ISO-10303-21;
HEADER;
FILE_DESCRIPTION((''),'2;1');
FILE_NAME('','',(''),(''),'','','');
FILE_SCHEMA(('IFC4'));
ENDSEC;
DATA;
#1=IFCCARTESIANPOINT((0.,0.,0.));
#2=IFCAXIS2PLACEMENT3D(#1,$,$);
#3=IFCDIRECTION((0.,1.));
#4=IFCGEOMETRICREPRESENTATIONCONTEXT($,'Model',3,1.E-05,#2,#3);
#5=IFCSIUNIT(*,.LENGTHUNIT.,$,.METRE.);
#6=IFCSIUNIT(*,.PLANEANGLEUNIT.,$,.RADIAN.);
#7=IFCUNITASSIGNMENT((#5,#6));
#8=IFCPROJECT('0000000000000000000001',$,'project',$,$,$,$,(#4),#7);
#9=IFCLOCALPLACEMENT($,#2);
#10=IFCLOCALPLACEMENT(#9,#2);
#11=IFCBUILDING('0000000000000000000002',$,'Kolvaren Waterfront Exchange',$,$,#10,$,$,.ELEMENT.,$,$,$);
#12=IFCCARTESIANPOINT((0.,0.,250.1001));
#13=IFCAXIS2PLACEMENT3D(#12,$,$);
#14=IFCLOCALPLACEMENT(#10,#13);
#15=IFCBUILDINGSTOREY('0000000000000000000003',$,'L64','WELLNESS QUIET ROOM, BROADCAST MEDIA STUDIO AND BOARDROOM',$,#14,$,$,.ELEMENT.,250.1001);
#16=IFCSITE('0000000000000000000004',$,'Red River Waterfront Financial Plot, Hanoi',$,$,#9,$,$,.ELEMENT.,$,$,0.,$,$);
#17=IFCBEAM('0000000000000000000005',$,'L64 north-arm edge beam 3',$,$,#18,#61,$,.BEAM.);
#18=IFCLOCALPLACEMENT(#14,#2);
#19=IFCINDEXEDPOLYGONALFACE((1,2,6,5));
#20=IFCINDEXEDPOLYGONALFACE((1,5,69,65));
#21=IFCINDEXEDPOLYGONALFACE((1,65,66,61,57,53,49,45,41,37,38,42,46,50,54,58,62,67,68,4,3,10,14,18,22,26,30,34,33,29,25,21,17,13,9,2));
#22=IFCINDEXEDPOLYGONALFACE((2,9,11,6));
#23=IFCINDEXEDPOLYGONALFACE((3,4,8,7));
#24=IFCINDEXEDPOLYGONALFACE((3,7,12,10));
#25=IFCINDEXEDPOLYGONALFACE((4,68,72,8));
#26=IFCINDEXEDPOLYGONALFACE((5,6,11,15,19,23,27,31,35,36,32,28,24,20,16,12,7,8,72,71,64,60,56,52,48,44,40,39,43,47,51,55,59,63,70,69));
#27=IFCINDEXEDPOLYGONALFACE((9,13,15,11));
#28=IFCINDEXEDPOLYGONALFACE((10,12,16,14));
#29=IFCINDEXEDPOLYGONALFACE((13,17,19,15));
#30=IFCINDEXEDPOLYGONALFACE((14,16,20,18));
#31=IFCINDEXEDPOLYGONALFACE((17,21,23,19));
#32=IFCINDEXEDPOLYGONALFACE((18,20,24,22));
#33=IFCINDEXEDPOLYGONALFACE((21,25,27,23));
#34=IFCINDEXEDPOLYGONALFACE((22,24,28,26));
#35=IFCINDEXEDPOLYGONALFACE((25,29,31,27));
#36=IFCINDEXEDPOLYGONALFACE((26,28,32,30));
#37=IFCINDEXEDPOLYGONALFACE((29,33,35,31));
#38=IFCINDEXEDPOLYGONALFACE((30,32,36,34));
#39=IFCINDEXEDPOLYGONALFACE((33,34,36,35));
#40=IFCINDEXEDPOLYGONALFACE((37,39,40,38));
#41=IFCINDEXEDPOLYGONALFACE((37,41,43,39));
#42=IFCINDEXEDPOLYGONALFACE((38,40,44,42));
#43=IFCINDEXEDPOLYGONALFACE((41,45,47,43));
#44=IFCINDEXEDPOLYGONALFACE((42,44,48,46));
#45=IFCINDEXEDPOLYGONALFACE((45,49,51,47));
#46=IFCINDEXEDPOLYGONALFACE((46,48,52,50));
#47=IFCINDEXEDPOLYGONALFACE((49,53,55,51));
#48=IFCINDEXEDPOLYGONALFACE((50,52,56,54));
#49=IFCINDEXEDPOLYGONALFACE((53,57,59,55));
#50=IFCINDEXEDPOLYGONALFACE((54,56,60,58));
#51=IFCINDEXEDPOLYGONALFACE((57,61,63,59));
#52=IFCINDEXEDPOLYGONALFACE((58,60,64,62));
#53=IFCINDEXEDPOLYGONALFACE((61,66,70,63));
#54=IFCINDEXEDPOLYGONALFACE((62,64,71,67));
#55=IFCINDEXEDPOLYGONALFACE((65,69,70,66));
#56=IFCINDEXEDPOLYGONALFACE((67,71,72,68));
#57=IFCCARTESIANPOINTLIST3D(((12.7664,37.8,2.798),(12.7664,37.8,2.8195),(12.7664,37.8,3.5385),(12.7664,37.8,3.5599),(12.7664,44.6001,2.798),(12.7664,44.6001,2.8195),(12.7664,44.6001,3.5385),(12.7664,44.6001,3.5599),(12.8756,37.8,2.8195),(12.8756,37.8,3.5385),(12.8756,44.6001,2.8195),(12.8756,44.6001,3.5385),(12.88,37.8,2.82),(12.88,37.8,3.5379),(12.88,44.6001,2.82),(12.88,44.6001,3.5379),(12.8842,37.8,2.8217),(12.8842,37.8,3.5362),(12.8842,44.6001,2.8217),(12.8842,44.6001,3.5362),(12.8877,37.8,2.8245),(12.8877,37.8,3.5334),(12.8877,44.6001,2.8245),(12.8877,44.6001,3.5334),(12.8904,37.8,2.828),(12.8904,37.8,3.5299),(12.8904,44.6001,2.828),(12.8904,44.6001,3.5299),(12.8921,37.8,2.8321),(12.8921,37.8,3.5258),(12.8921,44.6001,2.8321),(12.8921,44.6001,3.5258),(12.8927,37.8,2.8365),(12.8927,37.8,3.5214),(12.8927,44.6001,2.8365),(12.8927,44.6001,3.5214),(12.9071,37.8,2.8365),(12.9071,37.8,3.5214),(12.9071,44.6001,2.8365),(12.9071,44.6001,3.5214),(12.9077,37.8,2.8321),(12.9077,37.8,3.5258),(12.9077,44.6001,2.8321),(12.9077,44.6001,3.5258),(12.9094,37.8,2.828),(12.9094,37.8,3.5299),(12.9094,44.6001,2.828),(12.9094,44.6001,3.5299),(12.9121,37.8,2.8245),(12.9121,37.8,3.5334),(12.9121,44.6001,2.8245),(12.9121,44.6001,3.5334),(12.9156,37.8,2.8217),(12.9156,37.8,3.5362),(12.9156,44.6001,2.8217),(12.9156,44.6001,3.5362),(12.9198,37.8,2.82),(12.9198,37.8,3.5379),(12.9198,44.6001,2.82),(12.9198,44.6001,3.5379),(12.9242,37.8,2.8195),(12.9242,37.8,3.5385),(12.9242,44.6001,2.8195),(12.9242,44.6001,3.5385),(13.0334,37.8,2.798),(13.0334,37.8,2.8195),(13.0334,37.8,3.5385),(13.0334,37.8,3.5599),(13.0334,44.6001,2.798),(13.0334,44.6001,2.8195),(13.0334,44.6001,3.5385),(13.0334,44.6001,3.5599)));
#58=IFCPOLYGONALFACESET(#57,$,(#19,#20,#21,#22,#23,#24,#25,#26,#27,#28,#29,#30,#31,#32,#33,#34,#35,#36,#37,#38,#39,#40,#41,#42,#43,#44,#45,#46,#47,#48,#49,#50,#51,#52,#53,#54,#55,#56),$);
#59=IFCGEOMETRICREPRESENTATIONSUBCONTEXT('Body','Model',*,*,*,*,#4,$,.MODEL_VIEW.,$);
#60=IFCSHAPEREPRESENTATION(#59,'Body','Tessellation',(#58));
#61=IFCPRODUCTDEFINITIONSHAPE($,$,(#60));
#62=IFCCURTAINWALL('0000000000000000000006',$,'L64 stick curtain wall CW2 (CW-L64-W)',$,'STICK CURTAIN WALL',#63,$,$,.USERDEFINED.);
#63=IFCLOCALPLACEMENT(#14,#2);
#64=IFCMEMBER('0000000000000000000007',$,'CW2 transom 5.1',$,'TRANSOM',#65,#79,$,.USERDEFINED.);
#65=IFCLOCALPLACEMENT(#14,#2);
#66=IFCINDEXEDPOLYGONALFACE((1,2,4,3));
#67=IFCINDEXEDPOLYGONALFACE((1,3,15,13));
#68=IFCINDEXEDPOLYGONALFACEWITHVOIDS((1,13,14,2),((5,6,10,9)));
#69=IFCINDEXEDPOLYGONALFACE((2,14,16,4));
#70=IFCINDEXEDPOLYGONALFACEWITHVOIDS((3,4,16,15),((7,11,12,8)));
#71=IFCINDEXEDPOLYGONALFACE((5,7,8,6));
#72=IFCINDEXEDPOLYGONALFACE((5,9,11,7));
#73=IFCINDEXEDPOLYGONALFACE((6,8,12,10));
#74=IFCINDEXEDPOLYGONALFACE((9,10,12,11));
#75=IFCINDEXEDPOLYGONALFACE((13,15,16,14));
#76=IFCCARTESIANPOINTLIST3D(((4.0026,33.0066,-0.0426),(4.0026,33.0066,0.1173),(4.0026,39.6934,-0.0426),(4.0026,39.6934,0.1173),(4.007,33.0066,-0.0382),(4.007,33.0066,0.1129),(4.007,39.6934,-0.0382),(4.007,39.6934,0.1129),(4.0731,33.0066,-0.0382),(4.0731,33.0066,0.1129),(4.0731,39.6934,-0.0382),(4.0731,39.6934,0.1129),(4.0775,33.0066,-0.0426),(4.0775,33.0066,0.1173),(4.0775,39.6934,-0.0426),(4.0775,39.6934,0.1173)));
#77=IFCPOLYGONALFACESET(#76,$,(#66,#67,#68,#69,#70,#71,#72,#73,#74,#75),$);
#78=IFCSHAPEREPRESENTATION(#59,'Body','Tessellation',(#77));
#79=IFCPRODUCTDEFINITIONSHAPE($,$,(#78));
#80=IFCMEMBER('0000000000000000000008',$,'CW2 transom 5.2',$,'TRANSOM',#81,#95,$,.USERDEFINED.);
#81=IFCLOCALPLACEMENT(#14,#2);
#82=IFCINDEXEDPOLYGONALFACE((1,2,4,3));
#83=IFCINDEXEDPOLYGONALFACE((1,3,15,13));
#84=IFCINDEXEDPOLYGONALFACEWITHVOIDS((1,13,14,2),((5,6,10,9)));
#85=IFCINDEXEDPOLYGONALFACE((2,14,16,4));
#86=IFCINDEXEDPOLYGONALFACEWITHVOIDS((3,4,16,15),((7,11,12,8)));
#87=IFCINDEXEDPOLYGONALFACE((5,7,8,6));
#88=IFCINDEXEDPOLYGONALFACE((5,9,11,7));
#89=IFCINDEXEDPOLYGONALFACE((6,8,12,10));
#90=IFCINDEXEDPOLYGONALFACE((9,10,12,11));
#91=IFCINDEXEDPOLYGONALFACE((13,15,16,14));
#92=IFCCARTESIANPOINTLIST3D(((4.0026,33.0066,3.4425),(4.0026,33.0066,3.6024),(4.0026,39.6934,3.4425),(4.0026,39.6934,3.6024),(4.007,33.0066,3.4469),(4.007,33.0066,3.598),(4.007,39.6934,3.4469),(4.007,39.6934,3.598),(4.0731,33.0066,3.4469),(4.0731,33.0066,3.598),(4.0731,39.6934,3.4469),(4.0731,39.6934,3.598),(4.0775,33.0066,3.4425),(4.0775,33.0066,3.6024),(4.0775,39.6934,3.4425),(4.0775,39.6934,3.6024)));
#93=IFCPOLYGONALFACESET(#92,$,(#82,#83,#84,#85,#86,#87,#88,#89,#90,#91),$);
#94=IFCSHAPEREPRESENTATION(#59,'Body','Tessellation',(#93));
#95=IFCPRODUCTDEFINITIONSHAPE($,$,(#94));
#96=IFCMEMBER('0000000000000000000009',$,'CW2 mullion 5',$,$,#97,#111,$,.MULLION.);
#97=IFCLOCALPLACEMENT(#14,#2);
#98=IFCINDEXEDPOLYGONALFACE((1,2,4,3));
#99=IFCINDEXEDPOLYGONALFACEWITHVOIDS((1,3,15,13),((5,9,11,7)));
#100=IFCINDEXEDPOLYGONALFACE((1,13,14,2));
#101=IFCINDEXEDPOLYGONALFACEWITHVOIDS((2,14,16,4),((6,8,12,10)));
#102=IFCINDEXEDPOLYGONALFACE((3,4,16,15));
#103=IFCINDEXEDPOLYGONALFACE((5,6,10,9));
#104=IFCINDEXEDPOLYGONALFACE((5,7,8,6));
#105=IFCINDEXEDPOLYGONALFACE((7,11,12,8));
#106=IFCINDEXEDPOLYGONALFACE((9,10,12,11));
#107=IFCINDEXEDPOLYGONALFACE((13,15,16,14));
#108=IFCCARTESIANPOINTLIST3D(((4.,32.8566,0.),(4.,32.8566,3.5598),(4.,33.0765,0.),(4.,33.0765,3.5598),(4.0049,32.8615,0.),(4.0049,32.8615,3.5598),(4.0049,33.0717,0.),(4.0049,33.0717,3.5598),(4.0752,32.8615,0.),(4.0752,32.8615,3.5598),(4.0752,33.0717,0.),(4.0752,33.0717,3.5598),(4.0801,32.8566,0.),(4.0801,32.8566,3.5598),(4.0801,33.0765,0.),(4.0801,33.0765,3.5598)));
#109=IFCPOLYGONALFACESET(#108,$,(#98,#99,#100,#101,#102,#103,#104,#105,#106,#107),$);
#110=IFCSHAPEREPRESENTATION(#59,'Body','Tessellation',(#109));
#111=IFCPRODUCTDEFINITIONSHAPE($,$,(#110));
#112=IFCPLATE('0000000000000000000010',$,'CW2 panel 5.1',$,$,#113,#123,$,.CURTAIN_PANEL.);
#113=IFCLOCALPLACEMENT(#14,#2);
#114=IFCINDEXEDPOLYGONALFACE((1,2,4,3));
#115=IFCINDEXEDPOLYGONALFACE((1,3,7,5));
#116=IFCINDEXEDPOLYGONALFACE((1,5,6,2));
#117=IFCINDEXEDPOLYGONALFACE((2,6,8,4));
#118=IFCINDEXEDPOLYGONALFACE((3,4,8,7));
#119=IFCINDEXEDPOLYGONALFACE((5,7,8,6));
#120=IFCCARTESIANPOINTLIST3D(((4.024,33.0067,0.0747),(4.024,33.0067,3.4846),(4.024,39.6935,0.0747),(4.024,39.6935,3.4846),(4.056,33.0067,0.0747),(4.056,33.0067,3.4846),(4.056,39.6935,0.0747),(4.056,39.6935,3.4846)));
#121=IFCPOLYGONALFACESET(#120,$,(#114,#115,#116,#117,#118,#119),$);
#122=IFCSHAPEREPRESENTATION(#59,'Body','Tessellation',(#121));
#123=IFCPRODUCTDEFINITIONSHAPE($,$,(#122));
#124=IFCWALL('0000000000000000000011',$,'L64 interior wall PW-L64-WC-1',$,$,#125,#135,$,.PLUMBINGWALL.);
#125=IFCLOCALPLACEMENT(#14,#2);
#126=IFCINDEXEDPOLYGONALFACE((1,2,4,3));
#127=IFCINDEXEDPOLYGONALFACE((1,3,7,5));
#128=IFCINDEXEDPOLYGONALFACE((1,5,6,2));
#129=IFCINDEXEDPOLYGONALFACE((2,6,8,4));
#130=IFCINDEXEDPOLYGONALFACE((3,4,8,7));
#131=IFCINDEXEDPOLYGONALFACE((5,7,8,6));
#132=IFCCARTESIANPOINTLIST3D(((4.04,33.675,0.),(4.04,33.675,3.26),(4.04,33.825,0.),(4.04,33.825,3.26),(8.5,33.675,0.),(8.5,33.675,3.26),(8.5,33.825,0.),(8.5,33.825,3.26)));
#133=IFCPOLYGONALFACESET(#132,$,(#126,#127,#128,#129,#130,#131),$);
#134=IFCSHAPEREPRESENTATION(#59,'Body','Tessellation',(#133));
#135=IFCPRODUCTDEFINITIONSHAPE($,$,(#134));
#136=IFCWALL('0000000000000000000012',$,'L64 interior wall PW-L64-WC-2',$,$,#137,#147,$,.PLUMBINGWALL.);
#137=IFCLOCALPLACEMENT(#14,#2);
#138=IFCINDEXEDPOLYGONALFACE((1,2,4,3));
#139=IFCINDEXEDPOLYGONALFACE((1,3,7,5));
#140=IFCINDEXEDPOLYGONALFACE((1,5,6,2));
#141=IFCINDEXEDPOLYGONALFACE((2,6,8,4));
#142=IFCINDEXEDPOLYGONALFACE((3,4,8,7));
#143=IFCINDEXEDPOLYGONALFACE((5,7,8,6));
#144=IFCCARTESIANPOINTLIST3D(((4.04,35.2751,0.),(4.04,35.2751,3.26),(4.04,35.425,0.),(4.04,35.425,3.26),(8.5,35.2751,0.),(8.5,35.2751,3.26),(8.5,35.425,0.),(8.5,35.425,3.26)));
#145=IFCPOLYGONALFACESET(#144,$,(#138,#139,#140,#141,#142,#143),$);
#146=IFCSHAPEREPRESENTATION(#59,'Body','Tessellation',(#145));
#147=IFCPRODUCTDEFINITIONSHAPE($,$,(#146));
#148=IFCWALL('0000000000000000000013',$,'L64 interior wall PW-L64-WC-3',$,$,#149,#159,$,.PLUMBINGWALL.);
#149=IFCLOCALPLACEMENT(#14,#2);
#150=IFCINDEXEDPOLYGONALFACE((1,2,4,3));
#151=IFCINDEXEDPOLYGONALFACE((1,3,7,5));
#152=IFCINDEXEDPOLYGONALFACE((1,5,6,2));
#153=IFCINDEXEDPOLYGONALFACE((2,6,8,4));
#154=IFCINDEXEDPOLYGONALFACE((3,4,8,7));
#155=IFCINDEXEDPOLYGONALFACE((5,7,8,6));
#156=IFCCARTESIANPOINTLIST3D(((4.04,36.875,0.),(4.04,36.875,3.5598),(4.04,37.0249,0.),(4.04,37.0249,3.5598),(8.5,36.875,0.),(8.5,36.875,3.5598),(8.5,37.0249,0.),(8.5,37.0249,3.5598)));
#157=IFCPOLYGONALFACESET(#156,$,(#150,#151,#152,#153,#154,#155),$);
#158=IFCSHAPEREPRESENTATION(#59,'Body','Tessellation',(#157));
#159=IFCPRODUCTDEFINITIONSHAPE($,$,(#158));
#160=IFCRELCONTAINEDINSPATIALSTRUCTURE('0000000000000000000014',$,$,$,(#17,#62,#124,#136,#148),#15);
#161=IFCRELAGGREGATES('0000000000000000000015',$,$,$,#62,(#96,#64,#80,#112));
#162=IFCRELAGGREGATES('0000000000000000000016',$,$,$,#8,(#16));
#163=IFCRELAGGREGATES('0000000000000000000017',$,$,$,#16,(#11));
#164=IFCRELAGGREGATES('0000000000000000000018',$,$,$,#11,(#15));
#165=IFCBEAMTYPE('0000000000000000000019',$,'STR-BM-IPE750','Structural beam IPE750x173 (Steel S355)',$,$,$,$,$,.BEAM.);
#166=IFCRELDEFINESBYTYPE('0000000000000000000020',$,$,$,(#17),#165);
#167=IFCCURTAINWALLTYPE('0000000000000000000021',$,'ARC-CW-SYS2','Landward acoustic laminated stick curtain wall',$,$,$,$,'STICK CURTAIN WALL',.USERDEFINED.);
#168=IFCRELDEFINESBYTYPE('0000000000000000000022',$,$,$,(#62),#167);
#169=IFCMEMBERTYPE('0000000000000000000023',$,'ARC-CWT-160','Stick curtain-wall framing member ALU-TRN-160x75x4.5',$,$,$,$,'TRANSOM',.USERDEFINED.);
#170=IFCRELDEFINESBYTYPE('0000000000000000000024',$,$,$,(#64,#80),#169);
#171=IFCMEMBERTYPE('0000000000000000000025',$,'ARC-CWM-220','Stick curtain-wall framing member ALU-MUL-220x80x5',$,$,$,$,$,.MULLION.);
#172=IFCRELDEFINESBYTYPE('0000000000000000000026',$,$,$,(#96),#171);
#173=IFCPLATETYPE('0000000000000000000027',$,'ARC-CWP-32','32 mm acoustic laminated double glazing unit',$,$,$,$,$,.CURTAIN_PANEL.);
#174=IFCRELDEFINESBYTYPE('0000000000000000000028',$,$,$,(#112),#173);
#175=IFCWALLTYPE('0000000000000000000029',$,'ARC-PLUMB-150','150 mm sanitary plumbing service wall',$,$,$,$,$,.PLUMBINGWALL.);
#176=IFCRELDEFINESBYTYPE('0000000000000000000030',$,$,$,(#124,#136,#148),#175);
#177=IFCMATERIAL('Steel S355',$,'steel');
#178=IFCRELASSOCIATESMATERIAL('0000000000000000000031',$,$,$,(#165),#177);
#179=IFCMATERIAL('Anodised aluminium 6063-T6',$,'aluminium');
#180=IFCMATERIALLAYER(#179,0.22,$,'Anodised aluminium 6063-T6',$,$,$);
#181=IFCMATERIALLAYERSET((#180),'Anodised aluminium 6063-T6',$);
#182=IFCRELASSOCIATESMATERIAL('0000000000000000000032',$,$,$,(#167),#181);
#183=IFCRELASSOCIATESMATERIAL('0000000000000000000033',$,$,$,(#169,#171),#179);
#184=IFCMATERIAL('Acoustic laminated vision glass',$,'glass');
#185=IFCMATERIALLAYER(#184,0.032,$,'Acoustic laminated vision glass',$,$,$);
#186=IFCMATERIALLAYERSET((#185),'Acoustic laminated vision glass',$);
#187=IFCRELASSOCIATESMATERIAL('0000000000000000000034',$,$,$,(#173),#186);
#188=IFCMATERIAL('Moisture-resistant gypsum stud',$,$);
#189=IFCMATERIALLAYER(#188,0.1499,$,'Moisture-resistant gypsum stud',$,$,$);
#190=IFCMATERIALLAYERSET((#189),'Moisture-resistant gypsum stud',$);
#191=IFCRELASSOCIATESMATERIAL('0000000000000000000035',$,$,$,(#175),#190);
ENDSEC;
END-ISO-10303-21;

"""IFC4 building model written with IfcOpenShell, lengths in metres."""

from ifc_helpers import new_model, si_unit, direction, frame, frame_2d, origin, origin_with_axes, origin_2d, place, context, subcontext, project, spatial, rectangle, hollow_rectangle, i_section, extrude, source, transform, mapped, material, layer, layer_set, material_profile, profile_set, type_object, element, aggregate, save


model = new_model("IFC4")

# Units and contexts
model_context = context("Model", 3, precision=1e-05, world=origin(), true_north=direction((0.0, 1.0)))
body_context = subcontext(model_context, "Body", "Model", "MODEL_VIEW")
ifc_project = project(units=[si_unit("LENGTHUNIT", "METRE"), si_unit("PLANEANGLEUNIT", "RADIAN")], contexts=[model_context])

# Site, building, storey
site_placement = place(None, origin())
site = spatial("IfcSite", under=ifc_project, at=site_placement, Name="Red River Waterfront Financial Plot, Hanoi", CompositionType="ELEMENT", RefElevation=0.0)
building_placement = place(site_placement, origin())
building = spatial("IfcBuilding", under=site, at=building_placement, Name="Kolvaren Waterfront Exchange", CompositionType="ELEMENT")
storey_placement = place(building_placement, frame((0.0, 0.0, 250.1001)))
storey = spatial("IfcBuildingStorey", under=building, at=storey_placement, Name="L64", Description="WELLNESS QUIET ROOM, BROADCAST MEDIA STUDIO AND BOARDROOM", CompositionType="ELEMENT", Elevation=250.1001)

# Beam
ifc_material_1 = material(Name="Steel S355", Category="steel")
ifc_material_profile_1 = material_profile(ifc_material_1, i_section(OverallWidth=0.2671, OverallDepth=0.762, WebThickness=0.0144, FlangeThickness=0.0215, FilletRadius=0.0171, at=origin_2d()), Name="IPE750x173")
ifc_profile_set_1 = profile_set([ifc_material_profile_1], Name="Steel S355")
beam_type_1 = type_object("IfcBeamType", Name="STR-BM-IPE750", Description="Structural beam IPE750x173 (Steel S355)", PredefinedType="BEAM", material=ifc_profile_set_1)
beam_1_placement = place(storey_placement, frame((12.8999, 37.8, 3.179), z_axis=(0.0, 1.0, 0.0), x_axis=(-1.0, 0.0, 0.0)))
element("IfcBeam", 1, at=beam_1_placement, inside=storey, type_object=beam_type_1, Name="L64 north-arm edge beam 3", PredefinedType="BEAM", context=body_context, shape_type="SweptSolid", body=[
    extrude(i_section(OverallWidth=0.2671, OverallDepth=0.762, WebThickness=0.0144, FlangeThickness=0.0215, FilletRadius=0.0171, at=origin_2d()), origin(), (0.0, 0.0, 1.0), 6.8),
])

# Curtain wall, members, plate
ifc_material_2 = material(Name="Anodised aluminium 6063-T6", Category="aluminium")
ifc_layer_1 = layer(ifc_material_2, 0.22, Name="Anodised aluminium 6063-T6")
ifc_layer_set_1 = layer_set([ifc_layer_1], Name="Anodised aluminium 6063-T6")
curtain_wall_type = type_object("IfcCurtainWallType", Name="ARC-CW-SYS2", Description="Landward acoustic laminated stick curtain wall", ElementType="STICK CURTAIN WALL", PredefinedType="USERDEFINED", material=ifc_layer_set_1)
curtain_wall_placement = place(storey_placement, origin())
curtain_wall = element("IfcCurtainWall", 2, at=curtain_wall_placement, inside=storey, type_object=curtain_wall_type, Name="L64 stick curtain wall CW2 (CW-L64-W)", ObjectType="STICK CURTAIN WALL", PredefinedType="USERDEFINED")
ifc_material_profile_2 = material_profile(ifc_material_2, hollow_rectangle(XDim=0.075, YDim=0.1599, WallThickness=0.0044, at=origin_2d()), Name="ALU-TRN-160x75x4.5")
ifc_profile_set_2 = profile_set([ifc_material_profile_2], Name="Anodised aluminium 6063-T6")
member_type_1 = type_object("IfcMemberType", Name="ARC-CWT-160", Description="Stick curtain-wall framing member ALU-TRN-160x75x4.5", ElementType="TRANSOM", PredefinedType="USERDEFINED", material=ifc_profile_set_2)
shared_shape_1 = source(origin_with_axes(), body_context, "Body", "SweptSolid", [
    extrude(hollow_rectangle(XDim=0.075, YDim=0.1599, WallThickness=0.0044, at=origin_2d()), origin(), (0.0, 0.0, 1.0), 6.6868),
])
member_1_placement = place(storey_placement, frame((4.04, 33.0066, 0.0374), z_axis=(0.0, 1.0, 0.0), x_axis=(-1.0, 0.0, 0.0)))
member_1 = element("IfcMember", 3, at=member_1_placement, type_object=member_type_1, Name="CW2 transom 5.1", ObjectType="TRANSOM", PredefinedType="USERDEFINED", context=body_context, shape_type="MappedRepresentation", body=[
    mapped(shared_shape_1, transform((0.0, 0.0, 0.0), x_axis=(1.0, 0.0, 0.0), y_axis=(0.0, 1.0, 0.0), z_axis=(0.0, 0.0, 1.0), scale=1.0)),
])
member_2_placement = place(storey_placement, frame((4.04, 33.0066, 3.5225), z_axis=(0.0, 1.0, 0.0), x_axis=(-1.0, 0.0, 0.0)))
member_2 = element("IfcMember", 4, at=member_2_placement, type_object=member_type_1, Name="CW2 transom 5.2", ObjectType="TRANSOM", PredefinedType="USERDEFINED", context=body_context, shape_type="MappedRepresentation", body=[
    mapped(shared_shape_1, transform((0.0, 0.0, 0.0), x_axis=(1.0, 0.0, 0.0), y_axis=(0.0, 1.0, 0.0), z_axis=(0.0, 0.0, 1.0), scale=1.0)),
])
ifc_material_profile_3 = material_profile(ifc_material_2, hollow_rectangle(XDim=0.0801, YDim=0.22, WallThickness=0.0049, at=origin_2d()), Name="ALU-MUL-220x80x5")
ifc_profile_set_3 = profile_set([ifc_material_profile_3], Name="Anodised aluminium 6063-T6")
member_type_2 = type_object("IfcMemberType", Name="ARC-CWM-220", Description="Stick curtain-wall framing member ALU-MUL-220x80x5", PredefinedType="MULLION", material=ifc_profile_set_3)
shared_shape_2 = source(origin_with_axes(), body_context, "Body", "SweptSolid", [
    extrude(hollow_rectangle(XDim=0.0801, YDim=0.22, WallThickness=0.0049, at=origin_2d()), origin(), (0.0, 0.0, 1.0), 3.5598),
])
member_3_placement = place(storey_placement, frame((4.04, 32.9666, 0.0), z_axis=(0.0, 0.0, 1.0), x_axis=(-1.0, 0.0, 0.0)))
member_3 = element("IfcMember", 5, at=member_3_placement, type_object=member_type_2, Name="CW2 mullion 5", PredefinedType="MULLION", context=body_context, shape_type="MappedRepresentation", body=[
    mapped(shared_shape_2, transform((0.0, 0.0, 0.0), x_axis=(1.0, 0.0, 0.0), y_axis=(0.0, 1.0, 0.0), z_axis=(0.0, 0.0, 1.0), scale=1.0)),
])
ifc_material_3 = material(Name="Acoustic laminated vision glass", Category="glass")
ifc_layer_2 = layer(ifc_material_3, 0.032, Name="Acoustic laminated vision glass")
ifc_layer_set_2 = layer_set([ifc_layer_2], Name="Acoustic laminated vision glass")
plate_type = type_object("IfcPlateType", Name="ARC-CWP-32", Description="32 mm acoustic laminated double glazing unit", PredefinedType="CURTAIN_PANEL", material=ifc_layer_set_2)
shared_shape_3 = source(origin_with_axes(), body_context, "Body", "SweptSolid", [
    extrude(rectangle(XDim=6.6868, YDim=0.032, at=origin_2d()), origin(), (0.0, 0.0, 1.0), 3.4099),
])
plate_placement = place(storey_placement, frame((4.04, 36.3501, 0.0747), z_axis=(0.0, 0.0, 1.0), x_axis=(0.0, 1.0, 0.0)))
plate = element("IfcPlate", 6, at=plate_placement, type_object=plate_type, Name="CW2 panel 5.1", PredefinedType="CURTAIN_PANEL", context=body_context, shape_type="MappedRepresentation", body=[
    mapped(shared_shape_3, transform((0.0, 0.0, 0.0), x_axis=(1.0, 0.0, 0.0), y_axis=(0.0, 1.0, 0.0), z_axis=(0.0, 0.0, 1.0), scale=1.0)),
])
aggregate(curtain_wall, [member_3, member_1, member_2, plate])

# Shared definitions
ifc_material_4 = material(Name="Moisture-resistant gypsum stud")
ifc_layer_3 = layer(ifc_material_4, 0.1499, Name="Moisture-resistant gypsum stud")
ifc_layer_set_3 = layer_set([ifc_layer_3], Name="Moisture-resistant gypsum stud")
wall_type = type_object("IfcWallType", Name="ARC-PLUMB-150", Description="150 mm sanitary plumbing service wall", PredefinedType="PLUMBINGWALL", material=ifc_layer_set_3)

# Walls
for number, where, z_axis, x_axis, name in (
    (7, (4.04, 33.75, 0.0), (0.0, 0.0, 1.0), (1.0, 0.0, 0.0), "L64 interior wall PW-L64-WC-1"),
    (8, (4.04, 35.3501, 0.0), (0.0, 0.0, 1.0), (1.0, 0.0, 0.0), "L64 interior wall PW-L64-WC-2"),
):
    element("IfcWall", number, at=place(storey_placement, frame(where, z_axis=z_axis, x_axis=x_axis)), inside=storey, type_object=wall_type, Name=name, PredefinedType="PLUMBINGWALL", context=body_context, shape_type="SweptSolid", body=[
        extrude(rectangle(XDim=4.46, YDim=0.1499, at=frame_2d((2.23, 0.0))), origin(), (0.0, 0.0, 1.0), 3.26),
    ])
wall_1_placement = place(storey_placement, frame((4.04, 36.95, 0.0), z_axis=(0.0, 0.0, 1.0), x_axis=(1.0, 0.0, 0.0)))
element("IfcWall", 9, at=wall_1_placement, inside=storey, type_object=wall_type, Name="L64 interior wall PW-L64-WC-3", PredefinedType="PLUMBINGWALL", context=body_context, shape_type="SweptSolid", body=[
    extrude(rectangle(XDim=4.46, YDim=0.1499, at=frame_2d((2.23, 0.0))), origin(), (0.0, 0.0, 1.0), 3.5598),
])

save(model, "model.ifc")
